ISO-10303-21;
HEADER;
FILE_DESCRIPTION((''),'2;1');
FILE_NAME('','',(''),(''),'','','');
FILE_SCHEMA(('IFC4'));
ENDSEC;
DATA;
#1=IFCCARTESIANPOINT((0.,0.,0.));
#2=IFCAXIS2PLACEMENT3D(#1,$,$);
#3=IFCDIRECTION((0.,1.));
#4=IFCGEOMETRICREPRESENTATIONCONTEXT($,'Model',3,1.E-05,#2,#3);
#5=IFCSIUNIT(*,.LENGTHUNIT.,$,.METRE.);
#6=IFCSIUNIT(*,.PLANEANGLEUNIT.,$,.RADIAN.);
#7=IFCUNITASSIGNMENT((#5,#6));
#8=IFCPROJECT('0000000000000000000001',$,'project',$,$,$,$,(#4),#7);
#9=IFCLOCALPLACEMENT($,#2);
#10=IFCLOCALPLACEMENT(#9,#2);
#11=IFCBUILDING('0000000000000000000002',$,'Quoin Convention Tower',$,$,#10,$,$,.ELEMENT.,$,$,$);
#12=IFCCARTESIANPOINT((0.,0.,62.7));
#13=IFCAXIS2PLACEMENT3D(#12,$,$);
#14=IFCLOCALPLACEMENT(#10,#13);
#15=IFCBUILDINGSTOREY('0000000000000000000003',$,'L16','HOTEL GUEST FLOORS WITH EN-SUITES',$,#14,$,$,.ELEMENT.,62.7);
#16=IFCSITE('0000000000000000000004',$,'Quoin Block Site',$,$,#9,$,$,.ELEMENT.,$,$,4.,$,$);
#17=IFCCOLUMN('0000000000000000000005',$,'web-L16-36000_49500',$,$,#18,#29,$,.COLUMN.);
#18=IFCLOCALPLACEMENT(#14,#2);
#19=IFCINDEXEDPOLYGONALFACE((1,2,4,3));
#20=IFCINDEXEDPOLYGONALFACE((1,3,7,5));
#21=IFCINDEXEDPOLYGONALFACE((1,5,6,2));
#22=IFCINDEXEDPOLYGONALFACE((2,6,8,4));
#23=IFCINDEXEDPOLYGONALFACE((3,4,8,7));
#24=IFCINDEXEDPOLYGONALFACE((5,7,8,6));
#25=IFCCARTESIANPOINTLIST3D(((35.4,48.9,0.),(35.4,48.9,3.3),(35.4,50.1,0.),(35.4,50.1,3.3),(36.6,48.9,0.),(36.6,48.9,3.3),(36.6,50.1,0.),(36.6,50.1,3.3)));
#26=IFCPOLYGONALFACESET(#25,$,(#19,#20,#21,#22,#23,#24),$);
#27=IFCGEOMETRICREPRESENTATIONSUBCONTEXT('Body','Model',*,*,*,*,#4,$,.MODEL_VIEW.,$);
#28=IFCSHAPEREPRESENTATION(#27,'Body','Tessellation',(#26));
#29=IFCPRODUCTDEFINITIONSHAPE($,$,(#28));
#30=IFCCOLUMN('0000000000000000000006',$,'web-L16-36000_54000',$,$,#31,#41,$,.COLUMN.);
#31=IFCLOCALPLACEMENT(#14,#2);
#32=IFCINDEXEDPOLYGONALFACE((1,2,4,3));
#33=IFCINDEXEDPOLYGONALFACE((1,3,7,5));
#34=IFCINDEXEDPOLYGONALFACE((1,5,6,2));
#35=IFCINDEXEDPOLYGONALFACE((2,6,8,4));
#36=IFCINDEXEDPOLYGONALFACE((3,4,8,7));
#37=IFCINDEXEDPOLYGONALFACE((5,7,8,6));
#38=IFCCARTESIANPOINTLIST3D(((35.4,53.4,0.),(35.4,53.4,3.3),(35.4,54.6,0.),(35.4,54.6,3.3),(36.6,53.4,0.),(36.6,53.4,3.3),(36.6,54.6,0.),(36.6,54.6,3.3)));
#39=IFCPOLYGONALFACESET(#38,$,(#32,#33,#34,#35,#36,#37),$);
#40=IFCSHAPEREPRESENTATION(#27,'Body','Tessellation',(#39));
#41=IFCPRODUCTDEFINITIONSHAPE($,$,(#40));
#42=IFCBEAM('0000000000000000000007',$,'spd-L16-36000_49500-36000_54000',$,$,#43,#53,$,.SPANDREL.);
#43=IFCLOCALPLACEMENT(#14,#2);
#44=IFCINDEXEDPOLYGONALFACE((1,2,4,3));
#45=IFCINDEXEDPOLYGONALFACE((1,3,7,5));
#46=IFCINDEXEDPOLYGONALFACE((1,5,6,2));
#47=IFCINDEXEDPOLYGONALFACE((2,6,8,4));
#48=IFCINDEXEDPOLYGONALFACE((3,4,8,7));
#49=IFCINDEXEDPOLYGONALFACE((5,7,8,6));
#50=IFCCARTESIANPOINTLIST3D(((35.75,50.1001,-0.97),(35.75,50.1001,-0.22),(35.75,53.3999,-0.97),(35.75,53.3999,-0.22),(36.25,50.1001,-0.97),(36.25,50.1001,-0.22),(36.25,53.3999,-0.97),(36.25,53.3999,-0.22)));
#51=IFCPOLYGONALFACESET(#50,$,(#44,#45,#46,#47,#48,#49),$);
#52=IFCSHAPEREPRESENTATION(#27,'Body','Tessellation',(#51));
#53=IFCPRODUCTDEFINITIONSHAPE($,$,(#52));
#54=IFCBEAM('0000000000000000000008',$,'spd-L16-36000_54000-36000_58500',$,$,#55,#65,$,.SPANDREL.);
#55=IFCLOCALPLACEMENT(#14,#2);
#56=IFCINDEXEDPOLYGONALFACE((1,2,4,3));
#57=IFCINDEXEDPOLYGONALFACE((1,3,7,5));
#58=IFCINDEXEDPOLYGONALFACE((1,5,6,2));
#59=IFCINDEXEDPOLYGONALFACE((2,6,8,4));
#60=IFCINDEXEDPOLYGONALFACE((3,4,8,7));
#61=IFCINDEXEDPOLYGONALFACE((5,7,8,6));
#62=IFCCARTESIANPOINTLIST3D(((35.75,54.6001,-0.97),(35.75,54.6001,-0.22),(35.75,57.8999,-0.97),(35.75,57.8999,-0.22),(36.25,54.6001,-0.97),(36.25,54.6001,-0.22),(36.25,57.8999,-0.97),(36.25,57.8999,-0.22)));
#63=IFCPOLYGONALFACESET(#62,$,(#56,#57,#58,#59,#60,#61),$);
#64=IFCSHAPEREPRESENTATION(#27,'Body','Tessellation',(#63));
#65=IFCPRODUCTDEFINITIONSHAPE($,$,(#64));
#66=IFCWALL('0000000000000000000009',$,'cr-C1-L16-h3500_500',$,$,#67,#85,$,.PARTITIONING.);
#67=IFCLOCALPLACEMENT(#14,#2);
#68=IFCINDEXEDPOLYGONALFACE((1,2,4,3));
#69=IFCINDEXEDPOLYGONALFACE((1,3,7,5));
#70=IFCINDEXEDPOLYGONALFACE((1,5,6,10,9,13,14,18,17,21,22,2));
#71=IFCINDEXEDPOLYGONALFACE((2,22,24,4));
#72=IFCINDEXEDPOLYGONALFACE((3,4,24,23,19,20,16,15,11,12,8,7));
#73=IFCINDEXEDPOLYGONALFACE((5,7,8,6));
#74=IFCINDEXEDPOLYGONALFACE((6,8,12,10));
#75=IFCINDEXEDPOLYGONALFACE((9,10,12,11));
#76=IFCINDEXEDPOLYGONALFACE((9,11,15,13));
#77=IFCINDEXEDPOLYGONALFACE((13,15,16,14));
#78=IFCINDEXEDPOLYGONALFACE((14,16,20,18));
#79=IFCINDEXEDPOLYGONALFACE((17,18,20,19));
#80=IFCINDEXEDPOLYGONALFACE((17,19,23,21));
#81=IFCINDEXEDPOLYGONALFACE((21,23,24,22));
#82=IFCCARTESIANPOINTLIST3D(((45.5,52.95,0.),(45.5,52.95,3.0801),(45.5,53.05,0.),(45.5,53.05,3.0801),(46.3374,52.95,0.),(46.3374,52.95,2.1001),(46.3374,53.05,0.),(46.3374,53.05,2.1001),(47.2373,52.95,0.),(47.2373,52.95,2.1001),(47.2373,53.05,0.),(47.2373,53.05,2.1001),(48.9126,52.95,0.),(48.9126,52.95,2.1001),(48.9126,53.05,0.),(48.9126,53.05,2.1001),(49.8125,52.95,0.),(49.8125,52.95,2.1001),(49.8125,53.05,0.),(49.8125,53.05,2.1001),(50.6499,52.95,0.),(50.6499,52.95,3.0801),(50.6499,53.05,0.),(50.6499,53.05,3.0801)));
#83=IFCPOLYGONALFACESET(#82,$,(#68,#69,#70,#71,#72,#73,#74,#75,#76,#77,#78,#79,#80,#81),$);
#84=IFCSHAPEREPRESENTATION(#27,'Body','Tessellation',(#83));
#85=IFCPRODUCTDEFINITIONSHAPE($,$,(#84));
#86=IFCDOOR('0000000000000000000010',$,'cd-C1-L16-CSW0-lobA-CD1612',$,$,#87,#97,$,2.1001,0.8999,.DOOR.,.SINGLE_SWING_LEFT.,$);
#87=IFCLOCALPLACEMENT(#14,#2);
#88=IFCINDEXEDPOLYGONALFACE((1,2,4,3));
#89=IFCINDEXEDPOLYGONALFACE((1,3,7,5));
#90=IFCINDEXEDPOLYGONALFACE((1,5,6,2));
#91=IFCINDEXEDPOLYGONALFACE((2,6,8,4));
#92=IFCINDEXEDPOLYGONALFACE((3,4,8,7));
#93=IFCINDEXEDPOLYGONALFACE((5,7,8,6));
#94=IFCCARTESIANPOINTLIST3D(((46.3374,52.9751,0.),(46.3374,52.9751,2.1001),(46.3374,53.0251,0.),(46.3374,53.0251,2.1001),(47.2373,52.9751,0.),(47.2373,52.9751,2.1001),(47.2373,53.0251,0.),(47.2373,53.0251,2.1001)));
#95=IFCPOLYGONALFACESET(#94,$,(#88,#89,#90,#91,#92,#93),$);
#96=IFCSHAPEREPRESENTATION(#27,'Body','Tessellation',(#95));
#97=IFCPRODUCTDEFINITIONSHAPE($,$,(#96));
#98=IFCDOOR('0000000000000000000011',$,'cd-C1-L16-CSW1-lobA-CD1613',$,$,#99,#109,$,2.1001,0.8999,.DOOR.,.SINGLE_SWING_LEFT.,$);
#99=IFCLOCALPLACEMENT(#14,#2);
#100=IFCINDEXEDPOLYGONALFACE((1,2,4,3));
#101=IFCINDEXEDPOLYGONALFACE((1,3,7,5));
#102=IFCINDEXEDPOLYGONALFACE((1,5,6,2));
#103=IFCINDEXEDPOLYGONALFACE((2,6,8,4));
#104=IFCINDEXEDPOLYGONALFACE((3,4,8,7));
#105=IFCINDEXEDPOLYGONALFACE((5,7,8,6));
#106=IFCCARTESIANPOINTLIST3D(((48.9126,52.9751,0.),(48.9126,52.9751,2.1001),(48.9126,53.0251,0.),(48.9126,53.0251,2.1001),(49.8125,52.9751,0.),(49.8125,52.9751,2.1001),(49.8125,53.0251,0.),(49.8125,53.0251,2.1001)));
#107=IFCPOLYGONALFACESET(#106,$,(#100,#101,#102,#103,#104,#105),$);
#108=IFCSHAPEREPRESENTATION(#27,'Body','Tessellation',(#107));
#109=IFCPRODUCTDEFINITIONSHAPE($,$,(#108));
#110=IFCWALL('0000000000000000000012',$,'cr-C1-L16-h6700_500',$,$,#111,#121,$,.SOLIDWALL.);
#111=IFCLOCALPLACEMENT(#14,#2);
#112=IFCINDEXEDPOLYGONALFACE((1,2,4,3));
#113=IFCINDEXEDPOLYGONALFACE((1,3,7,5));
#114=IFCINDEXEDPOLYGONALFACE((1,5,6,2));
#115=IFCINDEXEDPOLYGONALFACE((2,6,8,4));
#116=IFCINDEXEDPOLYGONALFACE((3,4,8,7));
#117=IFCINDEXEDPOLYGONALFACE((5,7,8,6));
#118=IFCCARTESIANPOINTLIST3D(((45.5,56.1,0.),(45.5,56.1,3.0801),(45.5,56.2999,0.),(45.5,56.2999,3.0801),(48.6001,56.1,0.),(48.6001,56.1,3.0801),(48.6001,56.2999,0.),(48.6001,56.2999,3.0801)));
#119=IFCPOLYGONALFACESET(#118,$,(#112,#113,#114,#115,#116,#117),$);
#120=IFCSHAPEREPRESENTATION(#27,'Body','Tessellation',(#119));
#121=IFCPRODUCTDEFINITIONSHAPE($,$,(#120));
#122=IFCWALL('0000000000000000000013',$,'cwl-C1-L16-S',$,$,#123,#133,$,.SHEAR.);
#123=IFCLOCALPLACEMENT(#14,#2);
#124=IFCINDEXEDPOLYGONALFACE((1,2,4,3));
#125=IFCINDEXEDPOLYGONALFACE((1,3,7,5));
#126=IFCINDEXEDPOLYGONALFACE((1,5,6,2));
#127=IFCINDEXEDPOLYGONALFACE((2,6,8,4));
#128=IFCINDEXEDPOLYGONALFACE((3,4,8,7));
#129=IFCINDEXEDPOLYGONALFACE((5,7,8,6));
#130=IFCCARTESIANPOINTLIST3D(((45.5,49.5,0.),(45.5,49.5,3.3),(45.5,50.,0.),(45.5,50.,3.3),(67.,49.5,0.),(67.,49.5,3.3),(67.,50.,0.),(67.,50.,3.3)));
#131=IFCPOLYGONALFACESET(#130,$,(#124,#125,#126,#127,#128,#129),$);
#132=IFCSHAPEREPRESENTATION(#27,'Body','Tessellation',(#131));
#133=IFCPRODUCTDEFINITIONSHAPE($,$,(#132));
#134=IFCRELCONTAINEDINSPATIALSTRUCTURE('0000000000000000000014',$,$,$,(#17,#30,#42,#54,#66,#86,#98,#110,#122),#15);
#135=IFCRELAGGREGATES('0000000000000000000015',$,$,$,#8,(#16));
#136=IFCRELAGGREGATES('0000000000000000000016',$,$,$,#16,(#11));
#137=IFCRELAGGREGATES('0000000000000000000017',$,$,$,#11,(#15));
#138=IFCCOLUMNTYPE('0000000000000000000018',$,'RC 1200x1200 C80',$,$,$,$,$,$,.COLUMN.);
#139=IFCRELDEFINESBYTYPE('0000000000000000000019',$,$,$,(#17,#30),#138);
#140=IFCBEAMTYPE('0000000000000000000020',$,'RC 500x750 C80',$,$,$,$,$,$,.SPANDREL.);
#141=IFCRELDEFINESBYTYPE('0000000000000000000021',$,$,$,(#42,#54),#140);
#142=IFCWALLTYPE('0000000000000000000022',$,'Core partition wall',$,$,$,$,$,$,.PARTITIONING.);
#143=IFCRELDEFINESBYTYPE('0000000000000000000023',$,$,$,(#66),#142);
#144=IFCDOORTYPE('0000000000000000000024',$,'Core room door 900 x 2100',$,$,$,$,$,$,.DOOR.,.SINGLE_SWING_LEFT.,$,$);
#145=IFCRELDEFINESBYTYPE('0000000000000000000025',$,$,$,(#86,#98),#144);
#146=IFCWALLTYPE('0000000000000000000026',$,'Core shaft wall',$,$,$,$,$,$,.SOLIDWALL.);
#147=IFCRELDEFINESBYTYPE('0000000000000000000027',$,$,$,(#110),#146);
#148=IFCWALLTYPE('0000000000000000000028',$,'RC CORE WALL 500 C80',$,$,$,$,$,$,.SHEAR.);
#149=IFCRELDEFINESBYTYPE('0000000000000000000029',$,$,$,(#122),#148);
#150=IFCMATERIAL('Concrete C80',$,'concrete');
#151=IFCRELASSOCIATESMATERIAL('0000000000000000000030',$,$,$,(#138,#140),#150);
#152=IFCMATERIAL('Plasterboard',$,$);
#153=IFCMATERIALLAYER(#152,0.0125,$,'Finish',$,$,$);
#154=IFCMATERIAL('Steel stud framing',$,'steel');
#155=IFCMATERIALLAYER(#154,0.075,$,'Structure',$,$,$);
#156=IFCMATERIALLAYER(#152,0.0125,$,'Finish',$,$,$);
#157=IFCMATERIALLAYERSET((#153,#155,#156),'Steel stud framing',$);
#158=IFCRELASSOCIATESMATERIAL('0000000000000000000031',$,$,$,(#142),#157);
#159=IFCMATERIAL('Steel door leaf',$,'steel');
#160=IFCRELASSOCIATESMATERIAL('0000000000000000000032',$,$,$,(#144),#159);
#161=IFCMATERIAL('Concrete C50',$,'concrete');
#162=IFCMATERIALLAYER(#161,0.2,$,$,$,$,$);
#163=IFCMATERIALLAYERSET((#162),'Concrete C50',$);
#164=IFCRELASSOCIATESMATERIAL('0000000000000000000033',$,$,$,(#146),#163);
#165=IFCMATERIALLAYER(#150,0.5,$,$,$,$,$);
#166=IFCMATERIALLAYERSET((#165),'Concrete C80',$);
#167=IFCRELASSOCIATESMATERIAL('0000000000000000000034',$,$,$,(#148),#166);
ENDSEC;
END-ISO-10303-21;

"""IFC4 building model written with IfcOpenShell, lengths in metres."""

from ifc_helpers import new_model, si_unit, direction, frame, frame_2d, origin, origin_2d, place, context, subcontext, project, spatial, rectangle, extrude, material, layer, layer_set, material_profile, profile_set, type_object, element, fill, save


model = new_model("IFC4")

# Units and contexts
model_context = context("Model", 3, precision=1e-05, world=origin(), true_north=direction((0.0, 1.0)))
body_context = subcontext(model_context, "Body", "Model", "MODEL_VIEW")
ifc_project = project(units=[si_unit("LENGTHUNIT", "METRE"), si_unit("PLANEANGLEUNIT", "RADIAN")], contexts=[model_context])

# Site, building, storey
site_placement = place(None, origin())
site = spatial("IfcSite", under=ifc_project, at=site_placement, Name="Quoin Block Site", CompositionType="ELEMENT", RefElevation=4.0)
building_placement = place(site_placement, origin())
building = spatial("IfcBuilding", under=site, at=building_placement, Name="Quoin Convention Tower", CompositionType="ELEMENT")
storey_placement = place(building_placement, frame((0.0, 0.0, 62.7)))
storey = spatial("IfcBuildingStorey", under=building, at=storey_placement, Name="L16", Description="HOTEL GUEST FLOORS WITH EN-SUITES", CompositionType="ELEMENT", Elevation=62.7)

# Columns
ifc_material_1 = material(Name="Concrete C80", Category="concrete")
ifc_material_profile_1 = material_profile(ifc_material_1, rectangle(XDim=1.2, YDim=1.2, at=origin_2d()), Name="RC 1200x1200")
ifc_profile_set_1 = profile_set([ifc_material_profile_1], Name="Concrete C80")
column_type = type_object("IfcColumnType", Name="RC 1200x1200 C80", PredefinedType="COLUMN", material=ifc_profile_set_1)
for number, where, z_axis, x_axis, name in (
    (1, (36.0, 49.5, 0.0), (0.0, 0.0, 1.0), (1.0, 0.0, 0.0), "web-L16-36000_49500"),
    (2, (36.0, 54.0, 0.0), (0.0, 0.0, 1.0), (1.0, 0.0, 0.0), "web-L16-36000_54000"),
):
    element("IfcColumn", number, at=place(storey_placement, frame(where, z_axis=z_axis, x_axis=x_axis)), inside=storey, type_object=column_type, Name=name, PredefinedType="COLUMN", context=body_context, shape_type="SweptSolid", body=[
        extrude(rectangle(XDim=1.2, YDim=1.2, at=origin_2d()), origin(), (0.0, 0.0, 1.0), 3.3),
    ])

# Beams
ifc_material_profile_2 = material_profile(ifc_material_1, rectangle(XDim=0.5, YDim=0.75, at=origin_2d()), Name="RC 500x750")
ifc_profile_set_2 = profile_set([ifc_material_profile_2], Name="Concrete C80")
beam_type = type_object("IfcBeamType", Name="RC 500x750 C80", PredefinedType="SPANDREL", material=ifc_profile_set_2)
for number, where, z_axis, x_axis, name in (
    (3, (36.0, 50.1001, -0.595), (0.0, 1.0, 0.0), (-1.0, 0.0, 0.0), "spd-L16-36000_49500-36000_54000"),
    (4, (36.0, 54.6001, -0.595), (0.0, 1.0, 0.0), (-1.0, 0.0, 0.0), "spd-L16-36000_54000-36000_58500"),
):
    element("IfcBeam", number, at=place(storey_placement, frame(where, z_axis=z_axis, x_axis=x_axis)), inside=storey, type_object=beam_type, Name=name, PredefinedType="SPANDREL", context=body_context, shape_type="SweptSolid", body=[
        extrude(rectangle(XDim=0.5, YDim=0.75, at=origin_2d()), origin(), (0.0, 0.0, 1.0), 3.2998),
    ])

# Wall, openings, doors
ifc_material_2 = material(Name="Plasterboard")
ifc_layer_1 = layer(ifc_material_2, 0.0125, Name="Finish")
ifc_material_3 = material(Name="Steel stud framing", Category="steel")
ifc_layer_2 = layer(ifc_material_3, 0.075, Name="Structure")
ifc_layer_3 = layer(ifc_material_2, 0.0125, Name="Finish")
ifc_layer_set_1 = layer_set([ifc_layer_1, ifc_layer_2, ifc_layer_3], Name="Steel stud framing")
wall_type_1 = type_object("IfcWallType", Name="Core partition wall", PredefinedType="PARTITIONING", material=ifc_layer_set_1)
wall_1_placement = place(storey_placement, frame((45.5, 53.0, 0.0), z_axis=(0.0, 0.0, 1.0), x_axis=(1.0, 0.0, 0.0)))
wall_1 = element("IfcWall", 5, at=wall_1_placement, inside=storey, type_object=wall_type_1, Name="cr-C1-L16-h3500_500", PredefinedType="PARTITIONING", context=body_context, shape_type="SweptSolid", body=[
    extrude(rectangle(XDim=5.1499, YDim=0.1001, at=frame_2d((2.575, 0.0))), origin(), (0.0, 0.0, 1.0), 3.0801),
])
opening_1_placement = place(wall_1_placement, frame((0.8374, 0.0, 0.0)))
opening_1 = element("IfcOpeningElement", 6, at=opening_1_placement, cuts=wall_1, PredefinedType="OPENING", context=body_context, shape_type="SweptSolid", body=[
    extrude(rectangle(XDim=0.8999, YDim=2.1001, at=frame_2d((0.45, 1.05))), frame((0.0, 0.0601, 0.0), z_axis=(0.0, -1.0, 0.0), x_axis=(1.0, 0.0, 0.0)), (0.0, 0.0, 1.0), 0.1201),
])
opening_2_placement = place(wall_1_placement, frame((3.4126, 0.0, 0.0)))
opening_2 = element("IfcOpeningElement", 7, at=opening_2_placement, cuts=wall_1, PredefinedType="OPENING", context=body_context, shape_type="SweptSolid", body=[
    extrude(rectangle(XDim=0.8999, YDim=2.1001, at=frame_2d((0.45, 1.05))), frame((0.0, 0.0601, 0.0), z_axis=(0.0, -1.0, 0.0), x_axis=(1.0, 0.0, 0.0)), (0.0, 0.0, 1.0), 0.1201),
])
ifc_material_4 = material(Name="Steel door leaf", Category="steel")
door_type_1 = type_object("IfcDoorType", Name="Core room door 900 x 2100", OperationType="SINGLE_SWING_LEFT", PredefinedType="DOOR", material=ifc_material_4)
door_1_placement = place(opening_1_placement, frame((0.8999, 0.0, 0.0), z_axis=(0.0, 0.0, 1.0), x_axis=(-1.0, 0.0, 0.0)))
door_1 = element("IfcDoor", 8, at=door_1_placement, inside=storey, type_object=door_type_1, Name="cd-C1-L16-CSW0-lobA-CD1612", OperationType="SINGLE_SWING_LEFT", OverallHeight=2.1001, OverallWidth=0.8999, PredefinedType="DOOR", context=body_context, shape_type="SweptSolid", body=[
    extrude(rectangle(XDim=0.8999, YDim=2.1001, at=frame_2d((0.45, 1.05))), frame((0.0, 0.0249, 0.0), z_axis=(0.0, -1.0, 0.0), x_axis=(1.0, 0.0, 0.0)), (0.0, 0.0, 1.0), 0.05),
])
fill(opening_1, door_1)
door_2_placement = place(opening_2_placement, frame((0.8999, 0.0, 0.0), z_axis=(0.0, 0.0, 1.0), x_axis=(-1.0, 0.0, 0.0)))
door_2 = element("IfcDoor", 9, at=door_2_placement, inside=storey, type_object=door_type_1, Name="cd-C1-L16-CSW1-lobA-CD1613", OperationType="SINGLE_SWING_LEFT", OverallHeight=2.1001, OverallWidth=0.8999, PredefinedType="DOOR", context=body_context, shape_type="SweptSolid", body=[
    extrude(rectangle(XDim=0.8999, YDim=2.1001, at=frame_2d((0.45, 1.05))), frame((0.0, 0.0249, 0.0), z_axis=(0.0, -1.0, 0.0), x_axis=(1.0, 0.0, 0.0)), (0.0, 0.0, 1.0), 0.05),
])
fill(opening_2, door_2)

# Walls
ifc_material_5 = material(Name="Concrete C50", Category="concrete")
ifc_layer_4 = layer(ifc_material_5, 0.2)
ifc_layer_set_2 = layer_set([ifc_layer_4], Name="Concrete C50")
wall_type_2 = type_object("IfcWallType", Name="Core shaft wall", PredefinedType="SOLIDWALL", material=ifc_layer_set_2)
wall_2_placement = place(storey_placement, frame((45.5, 56.2, 0.0), z_axis=(0.0, 0.0, 1.0), x_axis=(1.0, 0.0, 0.0)))
element("IfcWall", 10, at=wall_2_placement, inside=storey, type_object=wall_type_2, Name="cr-C1-L16-h6700_500", PredefinedType="SOLIDWALL", context=body_context, shape_type="SweptSolid", body=[
    extrude(rectangle(XDim=3.1001, YDim=0.2, at=frame_2d((1.55, 0.0))), origin(), (0.0, 0.0, 1.0), 3.0801),
])
ifc_layer_5 = layer(ifc_material_1, 0.5)
ifc_layer_set_3 = layer_set([ifc_layer_5], Name="Concrete C80")
wall_type_3 = type_object("IfcWallType", Name="RC CORE WALL 500 C80", PredefinedType="SHEAR", material=ifc_layer_set_3)
wall_3_placement = place(storey_placement, frame((45.5, 49.75, 0.0), z_axis=(0.0, 0.0, 1.0), x_axis=(1.0, 0.0, 0.0)))
element("IfcWall", 11, at=wall_3_placement, inside=storey, type_object=wall_type_3, Name="cwl-C1-L16-S", PredefinedType="SHEAR", context=body_context, shape_type="SweptSolid", body=[
    extrude(rectangle(XDim=21.5, YDim=0.5, at=frame_2d((10.75, 0.0))), origin(), (0.0, 0.0, 1.0), 3.3),
])

save(model, "model.ifc")
